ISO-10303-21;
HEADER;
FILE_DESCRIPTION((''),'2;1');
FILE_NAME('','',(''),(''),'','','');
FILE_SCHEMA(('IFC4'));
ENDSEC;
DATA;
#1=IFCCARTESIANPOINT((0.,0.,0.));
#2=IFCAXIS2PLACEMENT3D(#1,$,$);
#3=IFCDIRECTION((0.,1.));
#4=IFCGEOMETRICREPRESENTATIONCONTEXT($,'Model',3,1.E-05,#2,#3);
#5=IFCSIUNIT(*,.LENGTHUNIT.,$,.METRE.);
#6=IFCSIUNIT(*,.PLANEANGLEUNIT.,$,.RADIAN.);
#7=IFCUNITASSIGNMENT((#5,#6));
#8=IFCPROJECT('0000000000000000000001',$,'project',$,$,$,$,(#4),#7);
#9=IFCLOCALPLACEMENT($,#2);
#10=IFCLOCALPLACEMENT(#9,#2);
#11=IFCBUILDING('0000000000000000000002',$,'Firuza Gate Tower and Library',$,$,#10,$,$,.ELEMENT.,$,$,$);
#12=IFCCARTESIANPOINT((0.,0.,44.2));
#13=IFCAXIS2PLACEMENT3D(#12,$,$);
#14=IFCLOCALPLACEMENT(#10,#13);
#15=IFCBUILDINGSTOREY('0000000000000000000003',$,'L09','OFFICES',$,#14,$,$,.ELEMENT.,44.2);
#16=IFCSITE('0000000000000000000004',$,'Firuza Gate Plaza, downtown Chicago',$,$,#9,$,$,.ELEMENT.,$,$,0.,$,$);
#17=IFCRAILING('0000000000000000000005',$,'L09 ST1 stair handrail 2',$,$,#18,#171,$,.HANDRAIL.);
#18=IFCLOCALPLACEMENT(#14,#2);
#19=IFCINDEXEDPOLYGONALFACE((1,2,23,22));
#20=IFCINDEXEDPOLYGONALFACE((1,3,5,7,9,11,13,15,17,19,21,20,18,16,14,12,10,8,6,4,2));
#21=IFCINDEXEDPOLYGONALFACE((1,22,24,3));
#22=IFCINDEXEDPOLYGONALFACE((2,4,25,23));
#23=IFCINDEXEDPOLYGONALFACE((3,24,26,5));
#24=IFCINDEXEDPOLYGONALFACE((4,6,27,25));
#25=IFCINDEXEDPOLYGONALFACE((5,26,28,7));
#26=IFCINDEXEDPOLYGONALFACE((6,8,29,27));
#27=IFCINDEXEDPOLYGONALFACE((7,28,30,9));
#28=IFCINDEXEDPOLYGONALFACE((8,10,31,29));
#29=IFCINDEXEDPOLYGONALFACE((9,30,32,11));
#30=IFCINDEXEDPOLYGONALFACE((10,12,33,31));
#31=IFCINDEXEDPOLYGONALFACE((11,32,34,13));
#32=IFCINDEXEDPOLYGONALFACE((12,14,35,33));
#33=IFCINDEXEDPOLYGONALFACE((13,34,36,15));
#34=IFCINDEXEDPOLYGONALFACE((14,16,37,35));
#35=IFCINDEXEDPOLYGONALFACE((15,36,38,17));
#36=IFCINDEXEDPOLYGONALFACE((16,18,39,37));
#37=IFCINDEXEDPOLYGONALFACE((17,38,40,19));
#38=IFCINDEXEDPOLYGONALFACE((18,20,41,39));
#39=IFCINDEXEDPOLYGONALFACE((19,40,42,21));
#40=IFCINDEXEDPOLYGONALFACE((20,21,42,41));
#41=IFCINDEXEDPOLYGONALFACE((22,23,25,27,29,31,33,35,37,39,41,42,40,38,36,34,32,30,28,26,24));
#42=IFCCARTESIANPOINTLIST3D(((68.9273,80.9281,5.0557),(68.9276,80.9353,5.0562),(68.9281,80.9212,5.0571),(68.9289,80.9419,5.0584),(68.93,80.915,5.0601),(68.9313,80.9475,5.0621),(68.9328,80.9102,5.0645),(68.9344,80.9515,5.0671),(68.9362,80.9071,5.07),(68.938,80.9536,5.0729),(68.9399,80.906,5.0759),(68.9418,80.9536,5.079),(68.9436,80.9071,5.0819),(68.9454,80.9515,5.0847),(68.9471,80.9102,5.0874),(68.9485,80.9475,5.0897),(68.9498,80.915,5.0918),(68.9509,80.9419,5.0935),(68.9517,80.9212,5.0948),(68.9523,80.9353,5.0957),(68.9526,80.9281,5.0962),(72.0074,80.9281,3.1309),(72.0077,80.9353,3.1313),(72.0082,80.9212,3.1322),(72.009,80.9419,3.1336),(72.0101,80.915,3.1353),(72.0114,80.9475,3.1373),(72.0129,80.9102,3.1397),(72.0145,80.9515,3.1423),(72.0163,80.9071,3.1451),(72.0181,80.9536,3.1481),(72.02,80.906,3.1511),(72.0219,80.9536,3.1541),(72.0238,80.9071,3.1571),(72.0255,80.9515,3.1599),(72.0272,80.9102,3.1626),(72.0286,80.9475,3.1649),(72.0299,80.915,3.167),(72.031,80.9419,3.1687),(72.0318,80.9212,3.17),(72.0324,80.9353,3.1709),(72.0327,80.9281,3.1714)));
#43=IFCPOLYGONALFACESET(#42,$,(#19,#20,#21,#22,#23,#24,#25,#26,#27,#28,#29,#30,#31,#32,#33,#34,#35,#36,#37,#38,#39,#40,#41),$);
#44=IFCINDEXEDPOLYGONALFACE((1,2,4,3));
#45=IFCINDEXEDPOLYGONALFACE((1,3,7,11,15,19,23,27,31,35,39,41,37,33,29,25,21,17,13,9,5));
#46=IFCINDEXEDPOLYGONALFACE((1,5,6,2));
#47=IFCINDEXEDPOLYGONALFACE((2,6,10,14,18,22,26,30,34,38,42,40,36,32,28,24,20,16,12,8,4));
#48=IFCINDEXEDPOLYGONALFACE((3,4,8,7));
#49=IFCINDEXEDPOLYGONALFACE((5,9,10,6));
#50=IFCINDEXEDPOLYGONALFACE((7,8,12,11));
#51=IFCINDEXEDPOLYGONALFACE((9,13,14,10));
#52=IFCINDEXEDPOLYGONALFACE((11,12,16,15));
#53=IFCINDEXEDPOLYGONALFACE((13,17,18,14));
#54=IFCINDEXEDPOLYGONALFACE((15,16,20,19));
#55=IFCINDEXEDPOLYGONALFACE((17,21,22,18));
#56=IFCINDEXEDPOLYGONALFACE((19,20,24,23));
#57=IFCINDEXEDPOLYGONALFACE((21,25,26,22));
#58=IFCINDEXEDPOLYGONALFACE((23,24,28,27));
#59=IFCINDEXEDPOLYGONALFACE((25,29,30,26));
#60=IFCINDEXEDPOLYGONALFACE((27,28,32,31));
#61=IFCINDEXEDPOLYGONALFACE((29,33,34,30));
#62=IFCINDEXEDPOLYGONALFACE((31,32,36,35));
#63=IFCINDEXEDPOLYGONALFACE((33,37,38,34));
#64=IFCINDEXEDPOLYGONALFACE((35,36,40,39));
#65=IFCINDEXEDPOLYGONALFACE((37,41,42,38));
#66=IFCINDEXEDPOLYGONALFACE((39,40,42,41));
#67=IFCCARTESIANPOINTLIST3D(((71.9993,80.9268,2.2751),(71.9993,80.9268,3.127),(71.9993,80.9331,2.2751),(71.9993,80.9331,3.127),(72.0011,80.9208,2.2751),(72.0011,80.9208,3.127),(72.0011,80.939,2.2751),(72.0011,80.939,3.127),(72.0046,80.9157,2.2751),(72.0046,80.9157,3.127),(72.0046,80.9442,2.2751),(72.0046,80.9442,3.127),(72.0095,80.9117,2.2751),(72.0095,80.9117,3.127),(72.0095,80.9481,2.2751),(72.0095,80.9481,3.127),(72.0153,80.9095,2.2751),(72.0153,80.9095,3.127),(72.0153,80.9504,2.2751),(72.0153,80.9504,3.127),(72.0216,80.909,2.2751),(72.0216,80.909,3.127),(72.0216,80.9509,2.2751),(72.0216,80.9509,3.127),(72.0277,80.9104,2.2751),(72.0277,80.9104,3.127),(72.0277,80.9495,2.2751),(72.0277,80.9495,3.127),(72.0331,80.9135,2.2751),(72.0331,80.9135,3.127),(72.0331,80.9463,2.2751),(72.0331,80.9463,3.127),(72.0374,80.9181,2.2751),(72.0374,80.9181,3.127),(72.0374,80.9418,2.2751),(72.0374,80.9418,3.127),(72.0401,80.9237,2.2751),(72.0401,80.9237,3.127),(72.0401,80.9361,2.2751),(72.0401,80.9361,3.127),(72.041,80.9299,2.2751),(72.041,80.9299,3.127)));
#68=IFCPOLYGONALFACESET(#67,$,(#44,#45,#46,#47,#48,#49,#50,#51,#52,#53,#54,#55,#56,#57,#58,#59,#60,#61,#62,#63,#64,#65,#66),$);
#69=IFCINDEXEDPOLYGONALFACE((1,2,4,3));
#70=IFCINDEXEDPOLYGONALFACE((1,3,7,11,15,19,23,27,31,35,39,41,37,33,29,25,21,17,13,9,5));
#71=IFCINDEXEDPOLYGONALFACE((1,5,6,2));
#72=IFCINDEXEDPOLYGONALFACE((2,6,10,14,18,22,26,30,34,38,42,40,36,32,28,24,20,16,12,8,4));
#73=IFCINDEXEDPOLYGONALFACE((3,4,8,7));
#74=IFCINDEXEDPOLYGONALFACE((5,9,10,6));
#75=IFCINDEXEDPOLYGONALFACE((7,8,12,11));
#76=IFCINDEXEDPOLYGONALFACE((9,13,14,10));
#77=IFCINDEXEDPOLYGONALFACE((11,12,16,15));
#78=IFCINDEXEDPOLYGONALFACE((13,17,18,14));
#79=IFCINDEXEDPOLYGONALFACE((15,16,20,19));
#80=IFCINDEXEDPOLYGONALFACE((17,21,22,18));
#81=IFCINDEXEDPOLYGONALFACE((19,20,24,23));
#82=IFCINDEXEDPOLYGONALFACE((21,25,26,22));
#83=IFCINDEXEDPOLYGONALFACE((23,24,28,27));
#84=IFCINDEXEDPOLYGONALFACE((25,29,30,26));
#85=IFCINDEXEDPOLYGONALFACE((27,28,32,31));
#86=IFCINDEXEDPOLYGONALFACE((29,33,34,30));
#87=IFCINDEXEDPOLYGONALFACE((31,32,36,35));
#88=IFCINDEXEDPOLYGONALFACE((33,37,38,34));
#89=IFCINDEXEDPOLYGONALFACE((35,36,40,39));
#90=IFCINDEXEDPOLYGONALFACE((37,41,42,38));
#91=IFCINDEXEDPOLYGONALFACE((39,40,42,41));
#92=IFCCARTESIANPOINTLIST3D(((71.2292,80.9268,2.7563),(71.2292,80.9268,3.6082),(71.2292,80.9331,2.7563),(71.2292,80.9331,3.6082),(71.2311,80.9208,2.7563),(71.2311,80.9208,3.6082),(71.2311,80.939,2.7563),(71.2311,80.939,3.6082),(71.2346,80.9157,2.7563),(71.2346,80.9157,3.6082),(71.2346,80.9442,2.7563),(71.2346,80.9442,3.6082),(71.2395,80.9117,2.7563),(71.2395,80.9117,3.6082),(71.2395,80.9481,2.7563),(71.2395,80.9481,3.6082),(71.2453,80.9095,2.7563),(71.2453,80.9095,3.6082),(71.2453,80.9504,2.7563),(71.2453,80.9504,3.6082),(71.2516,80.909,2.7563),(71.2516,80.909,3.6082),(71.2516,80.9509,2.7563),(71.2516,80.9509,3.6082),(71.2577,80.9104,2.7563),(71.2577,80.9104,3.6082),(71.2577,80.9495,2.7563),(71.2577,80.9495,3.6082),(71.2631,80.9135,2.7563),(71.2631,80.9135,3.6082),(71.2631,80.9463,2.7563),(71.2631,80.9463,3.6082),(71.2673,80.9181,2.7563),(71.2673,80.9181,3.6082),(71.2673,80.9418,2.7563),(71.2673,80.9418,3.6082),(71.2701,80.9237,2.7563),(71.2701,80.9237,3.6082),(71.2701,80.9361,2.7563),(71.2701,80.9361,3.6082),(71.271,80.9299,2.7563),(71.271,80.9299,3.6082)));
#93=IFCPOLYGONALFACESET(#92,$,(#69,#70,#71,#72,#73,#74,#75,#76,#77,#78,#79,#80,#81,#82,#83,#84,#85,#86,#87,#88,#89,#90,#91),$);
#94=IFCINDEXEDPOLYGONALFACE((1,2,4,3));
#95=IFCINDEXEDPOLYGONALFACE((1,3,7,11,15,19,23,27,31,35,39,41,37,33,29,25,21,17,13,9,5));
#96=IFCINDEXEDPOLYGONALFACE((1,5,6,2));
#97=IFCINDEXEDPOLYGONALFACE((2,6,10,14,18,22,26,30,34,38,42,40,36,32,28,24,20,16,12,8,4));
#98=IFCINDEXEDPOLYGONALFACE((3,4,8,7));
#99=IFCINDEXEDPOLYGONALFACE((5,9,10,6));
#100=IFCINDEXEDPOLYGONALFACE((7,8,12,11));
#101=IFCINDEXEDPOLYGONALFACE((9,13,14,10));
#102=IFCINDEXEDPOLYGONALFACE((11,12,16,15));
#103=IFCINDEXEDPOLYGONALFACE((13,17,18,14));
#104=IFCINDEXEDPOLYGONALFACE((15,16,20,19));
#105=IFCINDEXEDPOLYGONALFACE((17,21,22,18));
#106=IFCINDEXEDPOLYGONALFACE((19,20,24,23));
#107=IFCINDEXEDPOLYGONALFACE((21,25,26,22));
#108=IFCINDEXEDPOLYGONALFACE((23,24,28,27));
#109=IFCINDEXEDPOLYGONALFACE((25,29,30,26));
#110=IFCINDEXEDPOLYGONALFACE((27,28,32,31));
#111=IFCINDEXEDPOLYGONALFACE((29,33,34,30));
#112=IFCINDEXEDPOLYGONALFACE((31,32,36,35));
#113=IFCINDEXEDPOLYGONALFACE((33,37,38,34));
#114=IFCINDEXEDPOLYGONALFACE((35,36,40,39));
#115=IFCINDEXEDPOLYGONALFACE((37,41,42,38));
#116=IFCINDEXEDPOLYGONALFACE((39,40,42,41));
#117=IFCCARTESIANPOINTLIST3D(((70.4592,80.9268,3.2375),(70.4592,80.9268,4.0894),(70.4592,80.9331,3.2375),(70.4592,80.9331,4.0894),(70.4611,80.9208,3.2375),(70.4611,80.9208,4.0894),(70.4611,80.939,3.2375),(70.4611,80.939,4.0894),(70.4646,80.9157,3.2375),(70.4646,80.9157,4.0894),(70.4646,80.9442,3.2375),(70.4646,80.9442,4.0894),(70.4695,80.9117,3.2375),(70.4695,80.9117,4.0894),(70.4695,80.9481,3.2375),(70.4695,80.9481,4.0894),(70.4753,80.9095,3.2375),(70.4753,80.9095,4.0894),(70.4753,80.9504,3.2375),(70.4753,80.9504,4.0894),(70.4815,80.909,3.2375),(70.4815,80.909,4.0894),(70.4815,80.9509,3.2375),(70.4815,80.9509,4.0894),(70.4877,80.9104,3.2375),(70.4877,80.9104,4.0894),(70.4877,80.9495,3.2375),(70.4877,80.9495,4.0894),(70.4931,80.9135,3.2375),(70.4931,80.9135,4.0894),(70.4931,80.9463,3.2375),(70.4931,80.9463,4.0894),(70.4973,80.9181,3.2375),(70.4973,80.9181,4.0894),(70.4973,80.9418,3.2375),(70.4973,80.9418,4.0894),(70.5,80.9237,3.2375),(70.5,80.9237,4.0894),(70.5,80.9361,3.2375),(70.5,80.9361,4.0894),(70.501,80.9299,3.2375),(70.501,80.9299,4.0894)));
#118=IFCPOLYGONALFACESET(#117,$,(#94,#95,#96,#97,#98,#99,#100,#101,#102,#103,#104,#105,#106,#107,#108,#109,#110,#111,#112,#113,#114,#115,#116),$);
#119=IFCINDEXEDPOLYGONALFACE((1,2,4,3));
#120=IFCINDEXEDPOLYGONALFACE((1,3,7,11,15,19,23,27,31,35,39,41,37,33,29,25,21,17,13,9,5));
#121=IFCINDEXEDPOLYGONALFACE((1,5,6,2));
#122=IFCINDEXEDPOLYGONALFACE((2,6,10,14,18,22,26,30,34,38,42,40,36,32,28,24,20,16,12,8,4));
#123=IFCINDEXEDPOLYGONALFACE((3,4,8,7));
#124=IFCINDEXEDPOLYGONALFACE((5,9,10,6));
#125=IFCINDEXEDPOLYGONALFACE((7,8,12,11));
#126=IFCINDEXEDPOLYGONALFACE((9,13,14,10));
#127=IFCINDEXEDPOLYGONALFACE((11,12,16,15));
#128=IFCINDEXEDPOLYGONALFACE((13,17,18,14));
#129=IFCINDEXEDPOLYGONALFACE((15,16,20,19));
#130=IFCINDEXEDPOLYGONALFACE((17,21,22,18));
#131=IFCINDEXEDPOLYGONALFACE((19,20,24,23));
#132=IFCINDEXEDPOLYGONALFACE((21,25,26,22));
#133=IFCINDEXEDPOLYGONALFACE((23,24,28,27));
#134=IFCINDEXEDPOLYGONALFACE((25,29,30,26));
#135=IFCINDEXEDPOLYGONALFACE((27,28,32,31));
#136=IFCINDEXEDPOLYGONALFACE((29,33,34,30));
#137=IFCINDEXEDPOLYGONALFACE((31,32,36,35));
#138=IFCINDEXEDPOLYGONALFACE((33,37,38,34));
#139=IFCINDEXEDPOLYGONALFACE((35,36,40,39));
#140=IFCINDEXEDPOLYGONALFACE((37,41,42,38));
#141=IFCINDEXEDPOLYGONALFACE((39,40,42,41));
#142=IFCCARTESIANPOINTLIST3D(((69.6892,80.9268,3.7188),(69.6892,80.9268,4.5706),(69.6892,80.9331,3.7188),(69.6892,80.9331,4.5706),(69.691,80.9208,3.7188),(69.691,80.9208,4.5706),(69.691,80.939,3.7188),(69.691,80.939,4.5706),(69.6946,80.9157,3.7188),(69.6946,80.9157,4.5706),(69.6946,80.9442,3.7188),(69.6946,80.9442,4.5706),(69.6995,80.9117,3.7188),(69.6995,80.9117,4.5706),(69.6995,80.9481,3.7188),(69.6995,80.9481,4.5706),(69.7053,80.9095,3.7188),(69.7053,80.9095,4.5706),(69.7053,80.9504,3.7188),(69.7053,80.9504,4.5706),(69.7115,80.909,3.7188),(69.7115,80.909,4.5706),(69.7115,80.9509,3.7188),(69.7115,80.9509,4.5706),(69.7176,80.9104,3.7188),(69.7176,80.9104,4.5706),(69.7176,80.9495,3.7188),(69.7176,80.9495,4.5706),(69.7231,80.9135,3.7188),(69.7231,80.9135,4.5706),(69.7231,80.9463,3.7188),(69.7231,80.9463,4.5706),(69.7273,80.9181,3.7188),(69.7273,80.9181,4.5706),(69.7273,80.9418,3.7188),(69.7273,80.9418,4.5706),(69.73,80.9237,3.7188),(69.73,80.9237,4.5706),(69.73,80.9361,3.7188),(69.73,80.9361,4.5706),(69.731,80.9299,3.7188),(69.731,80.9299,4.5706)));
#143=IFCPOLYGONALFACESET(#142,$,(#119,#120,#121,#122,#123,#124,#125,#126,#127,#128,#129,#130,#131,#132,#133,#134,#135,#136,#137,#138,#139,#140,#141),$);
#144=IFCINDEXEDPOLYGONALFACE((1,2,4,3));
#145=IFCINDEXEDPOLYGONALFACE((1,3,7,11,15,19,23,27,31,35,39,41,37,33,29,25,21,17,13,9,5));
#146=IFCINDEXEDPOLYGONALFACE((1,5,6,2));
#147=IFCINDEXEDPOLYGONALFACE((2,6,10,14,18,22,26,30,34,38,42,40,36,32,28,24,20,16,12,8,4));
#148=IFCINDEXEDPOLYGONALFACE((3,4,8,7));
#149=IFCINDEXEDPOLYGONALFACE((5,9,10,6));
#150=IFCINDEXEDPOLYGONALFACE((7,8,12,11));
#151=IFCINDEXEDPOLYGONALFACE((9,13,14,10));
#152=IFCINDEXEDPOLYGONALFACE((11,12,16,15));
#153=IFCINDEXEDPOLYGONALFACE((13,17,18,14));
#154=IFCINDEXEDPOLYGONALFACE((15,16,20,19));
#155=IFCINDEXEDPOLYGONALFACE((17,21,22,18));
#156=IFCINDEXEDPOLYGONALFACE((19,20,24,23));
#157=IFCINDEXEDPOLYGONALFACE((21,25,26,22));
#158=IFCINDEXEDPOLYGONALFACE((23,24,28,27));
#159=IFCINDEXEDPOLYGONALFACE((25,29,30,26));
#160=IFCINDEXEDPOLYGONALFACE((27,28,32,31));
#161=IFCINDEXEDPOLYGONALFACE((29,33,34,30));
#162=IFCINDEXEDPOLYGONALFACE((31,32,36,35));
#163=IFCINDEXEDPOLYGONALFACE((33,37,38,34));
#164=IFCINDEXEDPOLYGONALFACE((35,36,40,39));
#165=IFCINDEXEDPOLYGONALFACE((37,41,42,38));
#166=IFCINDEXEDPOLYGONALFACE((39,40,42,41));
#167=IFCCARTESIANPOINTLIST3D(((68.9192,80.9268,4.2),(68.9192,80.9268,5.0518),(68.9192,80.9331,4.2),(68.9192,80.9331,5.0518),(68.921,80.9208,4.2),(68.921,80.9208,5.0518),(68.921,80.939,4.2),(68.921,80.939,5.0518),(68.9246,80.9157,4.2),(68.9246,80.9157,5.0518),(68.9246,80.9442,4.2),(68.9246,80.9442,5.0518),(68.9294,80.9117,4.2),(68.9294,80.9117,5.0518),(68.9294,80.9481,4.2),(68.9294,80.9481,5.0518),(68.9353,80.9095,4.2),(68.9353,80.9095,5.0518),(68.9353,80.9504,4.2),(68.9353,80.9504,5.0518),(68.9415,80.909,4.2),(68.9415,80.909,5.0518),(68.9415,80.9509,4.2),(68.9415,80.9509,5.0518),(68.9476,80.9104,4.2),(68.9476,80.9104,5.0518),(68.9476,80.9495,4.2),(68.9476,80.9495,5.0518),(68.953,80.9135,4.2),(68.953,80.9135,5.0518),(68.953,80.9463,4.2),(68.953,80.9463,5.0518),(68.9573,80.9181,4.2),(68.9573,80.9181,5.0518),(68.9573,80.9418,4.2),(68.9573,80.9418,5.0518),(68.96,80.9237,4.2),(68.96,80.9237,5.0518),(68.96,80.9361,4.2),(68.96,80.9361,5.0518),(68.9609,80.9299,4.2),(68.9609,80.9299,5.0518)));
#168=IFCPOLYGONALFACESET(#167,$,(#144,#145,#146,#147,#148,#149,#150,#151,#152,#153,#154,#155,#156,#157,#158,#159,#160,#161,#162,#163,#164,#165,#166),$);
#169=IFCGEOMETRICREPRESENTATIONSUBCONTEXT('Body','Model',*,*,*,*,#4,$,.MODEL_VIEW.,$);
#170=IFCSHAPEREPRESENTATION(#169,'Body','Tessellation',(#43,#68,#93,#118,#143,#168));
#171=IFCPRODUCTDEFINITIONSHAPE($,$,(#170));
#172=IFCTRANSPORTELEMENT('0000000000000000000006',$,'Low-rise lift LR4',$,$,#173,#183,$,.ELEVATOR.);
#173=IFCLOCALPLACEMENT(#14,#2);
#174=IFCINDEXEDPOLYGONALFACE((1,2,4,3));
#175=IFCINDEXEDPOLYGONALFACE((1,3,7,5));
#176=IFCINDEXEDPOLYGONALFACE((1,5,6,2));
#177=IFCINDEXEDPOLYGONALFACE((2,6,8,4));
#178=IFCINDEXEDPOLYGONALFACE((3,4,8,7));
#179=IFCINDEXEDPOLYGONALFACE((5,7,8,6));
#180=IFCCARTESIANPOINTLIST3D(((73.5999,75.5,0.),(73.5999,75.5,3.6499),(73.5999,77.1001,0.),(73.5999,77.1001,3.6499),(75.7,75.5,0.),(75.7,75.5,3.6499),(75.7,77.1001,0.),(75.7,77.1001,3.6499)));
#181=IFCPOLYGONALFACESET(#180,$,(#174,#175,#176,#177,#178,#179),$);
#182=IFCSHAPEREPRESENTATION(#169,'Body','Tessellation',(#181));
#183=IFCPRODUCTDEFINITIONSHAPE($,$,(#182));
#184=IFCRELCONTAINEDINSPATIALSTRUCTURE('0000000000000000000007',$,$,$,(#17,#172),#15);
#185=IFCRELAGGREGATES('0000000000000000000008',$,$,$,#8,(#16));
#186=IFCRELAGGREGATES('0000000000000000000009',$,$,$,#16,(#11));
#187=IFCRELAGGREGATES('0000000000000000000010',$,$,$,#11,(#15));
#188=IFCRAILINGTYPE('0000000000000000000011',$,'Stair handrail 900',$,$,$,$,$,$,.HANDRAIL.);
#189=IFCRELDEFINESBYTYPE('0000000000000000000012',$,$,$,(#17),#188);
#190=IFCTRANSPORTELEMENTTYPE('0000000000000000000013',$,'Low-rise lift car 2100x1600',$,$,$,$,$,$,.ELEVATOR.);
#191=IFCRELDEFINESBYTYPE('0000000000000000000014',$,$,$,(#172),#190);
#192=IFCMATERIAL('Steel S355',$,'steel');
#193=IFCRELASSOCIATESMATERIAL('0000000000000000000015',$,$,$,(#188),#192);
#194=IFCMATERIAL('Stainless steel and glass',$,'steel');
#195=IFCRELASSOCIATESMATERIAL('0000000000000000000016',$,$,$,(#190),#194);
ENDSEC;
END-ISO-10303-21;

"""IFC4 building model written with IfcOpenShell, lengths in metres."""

from ifc_helpers import new_model, si_unit, direction, frame, origin, origin_2d, place, context, subcontext, project, spatial, rectangle, circle, extrude, material, type_object, element, save


model = new_model("IFC4")

# Units and contexts
model_context = context("Model", 3, precision=1e-05, world=origin(), true_north=direction((0.0, 1.0)))
body_context = subcontext(model_context, "Body", "Model", "MODEL_VIEW")
ifc_project = project(units=[si_unit("LENGTHUNIT", "METRE"), si_unit("PLANEANGLEUNIT", "RADIAN")], contexts=[model_context])

# Site, building, storey
site_placement = place(None, origin())
site = spatial("IfcSite", under=ifc_project, at=site_placement, Name="Firuza Gate Plaza, downtown Chicago", CompositionType="ELEMENT", RefElevation=0.0)
building_placement = place(site_placement, origin())
building = spatial("IfcBuilding", under=site, at=building_placement, Name="Firuza Gate Tower and Library", CompositionType="ELEMENT")
storey_placement = place(building_placement, frame((0.0, 0.0, 44.2)))
storey = spatial("IfcBuildingStorey", under=building, at=storey_placement, Name="L09", Description="OFFICES", CompositionType="ELEMENT", Elevation=44.2)

# Railing
ifc_material_1 = material(Name="Steel S355", Category="steel")
railing_type_1 = type_object("IfcRailingType", Name="Stair handrail 900", PredefinedType="HANDRAIL", material=ifc_material_1)
railing_1_placement = place(storey_placement, frame((72.02, 80.9299, 2.2751)))
element("IfcRailing", 1, at=railing_1_placement, inside=storey, type_object=railing_type_1, Name="L09 ST1 stair handrail 2", PredefinedType="HANDRAIL", context=body_context, shape_type="SweptSolid", body=[
    extrude(circle(Radius=0.0239, at=origin_2d()), frame((0.0, 0.0, 0.876), z_axis=(-0.848029, 0.0, 0.529951), x_axis=(0.0, -1.0, 0.0)), (0.0, 0.0, 1.0), 3.6321),
    extrude(circle(Radius=0.021, at=origin_2d()), origin(), (0.0, 0.0, 1.0), 0.8518),
    extrude(circle(Radius=0.021, at=origin_2d()), frame((-0.77, 0.0, 0.4812)), (0.0, 0.0, 1.0), 0.8518),
    extrude(circle(Radius=0.021, at=origin_2d()), frame((-1.54, 0.0, 0.9624)), (0.0, 0.0, 1.0), 0.8518),
    extrude(circle(Radius=0.021, at=origin_2d()), frame((-2.3101, 0.0, 1.4436)), (0.0, 0.0, 1.0), 0.8518),
    extrude(circle(Radius=0.021, at=origin_2d()), frame((-3.0801, 0.0, 1.9248)), (0.0, 0.0, 1.0), 0.8518),
])

# Transport element
ifc_material_2 = material(Name="Stainless steel and glass", Category="steel")
transport_element_type = type_object("IfcTransportElementType", Name="Low-rise lift car 2100x1600", PredefinedType="ELEVATOR", material=ifc_material_2)
transport_element_placement = place(storey_placement, frame((74.6499, 76.3, 0.0), z_axis=(0.0, 0.0, 1.0), x_axis=(1.0, 0.0, 0.0)))
element("IfcTransportElement", 2, at=transport_element_placement, inside=storey, type_object=transport_element_type, Name="Low-rise lift LR4", PredefinedType="ELEVATOR", context=body_context, shape_type="SweptSolid", body=[
    extrude(rectangle(XDim=2.1001, YDim=1.6001, at=origin_2d()), origin(), (0.0, 0.0, 1.0), 3.6499),
])

save(model, "model.ifc")
